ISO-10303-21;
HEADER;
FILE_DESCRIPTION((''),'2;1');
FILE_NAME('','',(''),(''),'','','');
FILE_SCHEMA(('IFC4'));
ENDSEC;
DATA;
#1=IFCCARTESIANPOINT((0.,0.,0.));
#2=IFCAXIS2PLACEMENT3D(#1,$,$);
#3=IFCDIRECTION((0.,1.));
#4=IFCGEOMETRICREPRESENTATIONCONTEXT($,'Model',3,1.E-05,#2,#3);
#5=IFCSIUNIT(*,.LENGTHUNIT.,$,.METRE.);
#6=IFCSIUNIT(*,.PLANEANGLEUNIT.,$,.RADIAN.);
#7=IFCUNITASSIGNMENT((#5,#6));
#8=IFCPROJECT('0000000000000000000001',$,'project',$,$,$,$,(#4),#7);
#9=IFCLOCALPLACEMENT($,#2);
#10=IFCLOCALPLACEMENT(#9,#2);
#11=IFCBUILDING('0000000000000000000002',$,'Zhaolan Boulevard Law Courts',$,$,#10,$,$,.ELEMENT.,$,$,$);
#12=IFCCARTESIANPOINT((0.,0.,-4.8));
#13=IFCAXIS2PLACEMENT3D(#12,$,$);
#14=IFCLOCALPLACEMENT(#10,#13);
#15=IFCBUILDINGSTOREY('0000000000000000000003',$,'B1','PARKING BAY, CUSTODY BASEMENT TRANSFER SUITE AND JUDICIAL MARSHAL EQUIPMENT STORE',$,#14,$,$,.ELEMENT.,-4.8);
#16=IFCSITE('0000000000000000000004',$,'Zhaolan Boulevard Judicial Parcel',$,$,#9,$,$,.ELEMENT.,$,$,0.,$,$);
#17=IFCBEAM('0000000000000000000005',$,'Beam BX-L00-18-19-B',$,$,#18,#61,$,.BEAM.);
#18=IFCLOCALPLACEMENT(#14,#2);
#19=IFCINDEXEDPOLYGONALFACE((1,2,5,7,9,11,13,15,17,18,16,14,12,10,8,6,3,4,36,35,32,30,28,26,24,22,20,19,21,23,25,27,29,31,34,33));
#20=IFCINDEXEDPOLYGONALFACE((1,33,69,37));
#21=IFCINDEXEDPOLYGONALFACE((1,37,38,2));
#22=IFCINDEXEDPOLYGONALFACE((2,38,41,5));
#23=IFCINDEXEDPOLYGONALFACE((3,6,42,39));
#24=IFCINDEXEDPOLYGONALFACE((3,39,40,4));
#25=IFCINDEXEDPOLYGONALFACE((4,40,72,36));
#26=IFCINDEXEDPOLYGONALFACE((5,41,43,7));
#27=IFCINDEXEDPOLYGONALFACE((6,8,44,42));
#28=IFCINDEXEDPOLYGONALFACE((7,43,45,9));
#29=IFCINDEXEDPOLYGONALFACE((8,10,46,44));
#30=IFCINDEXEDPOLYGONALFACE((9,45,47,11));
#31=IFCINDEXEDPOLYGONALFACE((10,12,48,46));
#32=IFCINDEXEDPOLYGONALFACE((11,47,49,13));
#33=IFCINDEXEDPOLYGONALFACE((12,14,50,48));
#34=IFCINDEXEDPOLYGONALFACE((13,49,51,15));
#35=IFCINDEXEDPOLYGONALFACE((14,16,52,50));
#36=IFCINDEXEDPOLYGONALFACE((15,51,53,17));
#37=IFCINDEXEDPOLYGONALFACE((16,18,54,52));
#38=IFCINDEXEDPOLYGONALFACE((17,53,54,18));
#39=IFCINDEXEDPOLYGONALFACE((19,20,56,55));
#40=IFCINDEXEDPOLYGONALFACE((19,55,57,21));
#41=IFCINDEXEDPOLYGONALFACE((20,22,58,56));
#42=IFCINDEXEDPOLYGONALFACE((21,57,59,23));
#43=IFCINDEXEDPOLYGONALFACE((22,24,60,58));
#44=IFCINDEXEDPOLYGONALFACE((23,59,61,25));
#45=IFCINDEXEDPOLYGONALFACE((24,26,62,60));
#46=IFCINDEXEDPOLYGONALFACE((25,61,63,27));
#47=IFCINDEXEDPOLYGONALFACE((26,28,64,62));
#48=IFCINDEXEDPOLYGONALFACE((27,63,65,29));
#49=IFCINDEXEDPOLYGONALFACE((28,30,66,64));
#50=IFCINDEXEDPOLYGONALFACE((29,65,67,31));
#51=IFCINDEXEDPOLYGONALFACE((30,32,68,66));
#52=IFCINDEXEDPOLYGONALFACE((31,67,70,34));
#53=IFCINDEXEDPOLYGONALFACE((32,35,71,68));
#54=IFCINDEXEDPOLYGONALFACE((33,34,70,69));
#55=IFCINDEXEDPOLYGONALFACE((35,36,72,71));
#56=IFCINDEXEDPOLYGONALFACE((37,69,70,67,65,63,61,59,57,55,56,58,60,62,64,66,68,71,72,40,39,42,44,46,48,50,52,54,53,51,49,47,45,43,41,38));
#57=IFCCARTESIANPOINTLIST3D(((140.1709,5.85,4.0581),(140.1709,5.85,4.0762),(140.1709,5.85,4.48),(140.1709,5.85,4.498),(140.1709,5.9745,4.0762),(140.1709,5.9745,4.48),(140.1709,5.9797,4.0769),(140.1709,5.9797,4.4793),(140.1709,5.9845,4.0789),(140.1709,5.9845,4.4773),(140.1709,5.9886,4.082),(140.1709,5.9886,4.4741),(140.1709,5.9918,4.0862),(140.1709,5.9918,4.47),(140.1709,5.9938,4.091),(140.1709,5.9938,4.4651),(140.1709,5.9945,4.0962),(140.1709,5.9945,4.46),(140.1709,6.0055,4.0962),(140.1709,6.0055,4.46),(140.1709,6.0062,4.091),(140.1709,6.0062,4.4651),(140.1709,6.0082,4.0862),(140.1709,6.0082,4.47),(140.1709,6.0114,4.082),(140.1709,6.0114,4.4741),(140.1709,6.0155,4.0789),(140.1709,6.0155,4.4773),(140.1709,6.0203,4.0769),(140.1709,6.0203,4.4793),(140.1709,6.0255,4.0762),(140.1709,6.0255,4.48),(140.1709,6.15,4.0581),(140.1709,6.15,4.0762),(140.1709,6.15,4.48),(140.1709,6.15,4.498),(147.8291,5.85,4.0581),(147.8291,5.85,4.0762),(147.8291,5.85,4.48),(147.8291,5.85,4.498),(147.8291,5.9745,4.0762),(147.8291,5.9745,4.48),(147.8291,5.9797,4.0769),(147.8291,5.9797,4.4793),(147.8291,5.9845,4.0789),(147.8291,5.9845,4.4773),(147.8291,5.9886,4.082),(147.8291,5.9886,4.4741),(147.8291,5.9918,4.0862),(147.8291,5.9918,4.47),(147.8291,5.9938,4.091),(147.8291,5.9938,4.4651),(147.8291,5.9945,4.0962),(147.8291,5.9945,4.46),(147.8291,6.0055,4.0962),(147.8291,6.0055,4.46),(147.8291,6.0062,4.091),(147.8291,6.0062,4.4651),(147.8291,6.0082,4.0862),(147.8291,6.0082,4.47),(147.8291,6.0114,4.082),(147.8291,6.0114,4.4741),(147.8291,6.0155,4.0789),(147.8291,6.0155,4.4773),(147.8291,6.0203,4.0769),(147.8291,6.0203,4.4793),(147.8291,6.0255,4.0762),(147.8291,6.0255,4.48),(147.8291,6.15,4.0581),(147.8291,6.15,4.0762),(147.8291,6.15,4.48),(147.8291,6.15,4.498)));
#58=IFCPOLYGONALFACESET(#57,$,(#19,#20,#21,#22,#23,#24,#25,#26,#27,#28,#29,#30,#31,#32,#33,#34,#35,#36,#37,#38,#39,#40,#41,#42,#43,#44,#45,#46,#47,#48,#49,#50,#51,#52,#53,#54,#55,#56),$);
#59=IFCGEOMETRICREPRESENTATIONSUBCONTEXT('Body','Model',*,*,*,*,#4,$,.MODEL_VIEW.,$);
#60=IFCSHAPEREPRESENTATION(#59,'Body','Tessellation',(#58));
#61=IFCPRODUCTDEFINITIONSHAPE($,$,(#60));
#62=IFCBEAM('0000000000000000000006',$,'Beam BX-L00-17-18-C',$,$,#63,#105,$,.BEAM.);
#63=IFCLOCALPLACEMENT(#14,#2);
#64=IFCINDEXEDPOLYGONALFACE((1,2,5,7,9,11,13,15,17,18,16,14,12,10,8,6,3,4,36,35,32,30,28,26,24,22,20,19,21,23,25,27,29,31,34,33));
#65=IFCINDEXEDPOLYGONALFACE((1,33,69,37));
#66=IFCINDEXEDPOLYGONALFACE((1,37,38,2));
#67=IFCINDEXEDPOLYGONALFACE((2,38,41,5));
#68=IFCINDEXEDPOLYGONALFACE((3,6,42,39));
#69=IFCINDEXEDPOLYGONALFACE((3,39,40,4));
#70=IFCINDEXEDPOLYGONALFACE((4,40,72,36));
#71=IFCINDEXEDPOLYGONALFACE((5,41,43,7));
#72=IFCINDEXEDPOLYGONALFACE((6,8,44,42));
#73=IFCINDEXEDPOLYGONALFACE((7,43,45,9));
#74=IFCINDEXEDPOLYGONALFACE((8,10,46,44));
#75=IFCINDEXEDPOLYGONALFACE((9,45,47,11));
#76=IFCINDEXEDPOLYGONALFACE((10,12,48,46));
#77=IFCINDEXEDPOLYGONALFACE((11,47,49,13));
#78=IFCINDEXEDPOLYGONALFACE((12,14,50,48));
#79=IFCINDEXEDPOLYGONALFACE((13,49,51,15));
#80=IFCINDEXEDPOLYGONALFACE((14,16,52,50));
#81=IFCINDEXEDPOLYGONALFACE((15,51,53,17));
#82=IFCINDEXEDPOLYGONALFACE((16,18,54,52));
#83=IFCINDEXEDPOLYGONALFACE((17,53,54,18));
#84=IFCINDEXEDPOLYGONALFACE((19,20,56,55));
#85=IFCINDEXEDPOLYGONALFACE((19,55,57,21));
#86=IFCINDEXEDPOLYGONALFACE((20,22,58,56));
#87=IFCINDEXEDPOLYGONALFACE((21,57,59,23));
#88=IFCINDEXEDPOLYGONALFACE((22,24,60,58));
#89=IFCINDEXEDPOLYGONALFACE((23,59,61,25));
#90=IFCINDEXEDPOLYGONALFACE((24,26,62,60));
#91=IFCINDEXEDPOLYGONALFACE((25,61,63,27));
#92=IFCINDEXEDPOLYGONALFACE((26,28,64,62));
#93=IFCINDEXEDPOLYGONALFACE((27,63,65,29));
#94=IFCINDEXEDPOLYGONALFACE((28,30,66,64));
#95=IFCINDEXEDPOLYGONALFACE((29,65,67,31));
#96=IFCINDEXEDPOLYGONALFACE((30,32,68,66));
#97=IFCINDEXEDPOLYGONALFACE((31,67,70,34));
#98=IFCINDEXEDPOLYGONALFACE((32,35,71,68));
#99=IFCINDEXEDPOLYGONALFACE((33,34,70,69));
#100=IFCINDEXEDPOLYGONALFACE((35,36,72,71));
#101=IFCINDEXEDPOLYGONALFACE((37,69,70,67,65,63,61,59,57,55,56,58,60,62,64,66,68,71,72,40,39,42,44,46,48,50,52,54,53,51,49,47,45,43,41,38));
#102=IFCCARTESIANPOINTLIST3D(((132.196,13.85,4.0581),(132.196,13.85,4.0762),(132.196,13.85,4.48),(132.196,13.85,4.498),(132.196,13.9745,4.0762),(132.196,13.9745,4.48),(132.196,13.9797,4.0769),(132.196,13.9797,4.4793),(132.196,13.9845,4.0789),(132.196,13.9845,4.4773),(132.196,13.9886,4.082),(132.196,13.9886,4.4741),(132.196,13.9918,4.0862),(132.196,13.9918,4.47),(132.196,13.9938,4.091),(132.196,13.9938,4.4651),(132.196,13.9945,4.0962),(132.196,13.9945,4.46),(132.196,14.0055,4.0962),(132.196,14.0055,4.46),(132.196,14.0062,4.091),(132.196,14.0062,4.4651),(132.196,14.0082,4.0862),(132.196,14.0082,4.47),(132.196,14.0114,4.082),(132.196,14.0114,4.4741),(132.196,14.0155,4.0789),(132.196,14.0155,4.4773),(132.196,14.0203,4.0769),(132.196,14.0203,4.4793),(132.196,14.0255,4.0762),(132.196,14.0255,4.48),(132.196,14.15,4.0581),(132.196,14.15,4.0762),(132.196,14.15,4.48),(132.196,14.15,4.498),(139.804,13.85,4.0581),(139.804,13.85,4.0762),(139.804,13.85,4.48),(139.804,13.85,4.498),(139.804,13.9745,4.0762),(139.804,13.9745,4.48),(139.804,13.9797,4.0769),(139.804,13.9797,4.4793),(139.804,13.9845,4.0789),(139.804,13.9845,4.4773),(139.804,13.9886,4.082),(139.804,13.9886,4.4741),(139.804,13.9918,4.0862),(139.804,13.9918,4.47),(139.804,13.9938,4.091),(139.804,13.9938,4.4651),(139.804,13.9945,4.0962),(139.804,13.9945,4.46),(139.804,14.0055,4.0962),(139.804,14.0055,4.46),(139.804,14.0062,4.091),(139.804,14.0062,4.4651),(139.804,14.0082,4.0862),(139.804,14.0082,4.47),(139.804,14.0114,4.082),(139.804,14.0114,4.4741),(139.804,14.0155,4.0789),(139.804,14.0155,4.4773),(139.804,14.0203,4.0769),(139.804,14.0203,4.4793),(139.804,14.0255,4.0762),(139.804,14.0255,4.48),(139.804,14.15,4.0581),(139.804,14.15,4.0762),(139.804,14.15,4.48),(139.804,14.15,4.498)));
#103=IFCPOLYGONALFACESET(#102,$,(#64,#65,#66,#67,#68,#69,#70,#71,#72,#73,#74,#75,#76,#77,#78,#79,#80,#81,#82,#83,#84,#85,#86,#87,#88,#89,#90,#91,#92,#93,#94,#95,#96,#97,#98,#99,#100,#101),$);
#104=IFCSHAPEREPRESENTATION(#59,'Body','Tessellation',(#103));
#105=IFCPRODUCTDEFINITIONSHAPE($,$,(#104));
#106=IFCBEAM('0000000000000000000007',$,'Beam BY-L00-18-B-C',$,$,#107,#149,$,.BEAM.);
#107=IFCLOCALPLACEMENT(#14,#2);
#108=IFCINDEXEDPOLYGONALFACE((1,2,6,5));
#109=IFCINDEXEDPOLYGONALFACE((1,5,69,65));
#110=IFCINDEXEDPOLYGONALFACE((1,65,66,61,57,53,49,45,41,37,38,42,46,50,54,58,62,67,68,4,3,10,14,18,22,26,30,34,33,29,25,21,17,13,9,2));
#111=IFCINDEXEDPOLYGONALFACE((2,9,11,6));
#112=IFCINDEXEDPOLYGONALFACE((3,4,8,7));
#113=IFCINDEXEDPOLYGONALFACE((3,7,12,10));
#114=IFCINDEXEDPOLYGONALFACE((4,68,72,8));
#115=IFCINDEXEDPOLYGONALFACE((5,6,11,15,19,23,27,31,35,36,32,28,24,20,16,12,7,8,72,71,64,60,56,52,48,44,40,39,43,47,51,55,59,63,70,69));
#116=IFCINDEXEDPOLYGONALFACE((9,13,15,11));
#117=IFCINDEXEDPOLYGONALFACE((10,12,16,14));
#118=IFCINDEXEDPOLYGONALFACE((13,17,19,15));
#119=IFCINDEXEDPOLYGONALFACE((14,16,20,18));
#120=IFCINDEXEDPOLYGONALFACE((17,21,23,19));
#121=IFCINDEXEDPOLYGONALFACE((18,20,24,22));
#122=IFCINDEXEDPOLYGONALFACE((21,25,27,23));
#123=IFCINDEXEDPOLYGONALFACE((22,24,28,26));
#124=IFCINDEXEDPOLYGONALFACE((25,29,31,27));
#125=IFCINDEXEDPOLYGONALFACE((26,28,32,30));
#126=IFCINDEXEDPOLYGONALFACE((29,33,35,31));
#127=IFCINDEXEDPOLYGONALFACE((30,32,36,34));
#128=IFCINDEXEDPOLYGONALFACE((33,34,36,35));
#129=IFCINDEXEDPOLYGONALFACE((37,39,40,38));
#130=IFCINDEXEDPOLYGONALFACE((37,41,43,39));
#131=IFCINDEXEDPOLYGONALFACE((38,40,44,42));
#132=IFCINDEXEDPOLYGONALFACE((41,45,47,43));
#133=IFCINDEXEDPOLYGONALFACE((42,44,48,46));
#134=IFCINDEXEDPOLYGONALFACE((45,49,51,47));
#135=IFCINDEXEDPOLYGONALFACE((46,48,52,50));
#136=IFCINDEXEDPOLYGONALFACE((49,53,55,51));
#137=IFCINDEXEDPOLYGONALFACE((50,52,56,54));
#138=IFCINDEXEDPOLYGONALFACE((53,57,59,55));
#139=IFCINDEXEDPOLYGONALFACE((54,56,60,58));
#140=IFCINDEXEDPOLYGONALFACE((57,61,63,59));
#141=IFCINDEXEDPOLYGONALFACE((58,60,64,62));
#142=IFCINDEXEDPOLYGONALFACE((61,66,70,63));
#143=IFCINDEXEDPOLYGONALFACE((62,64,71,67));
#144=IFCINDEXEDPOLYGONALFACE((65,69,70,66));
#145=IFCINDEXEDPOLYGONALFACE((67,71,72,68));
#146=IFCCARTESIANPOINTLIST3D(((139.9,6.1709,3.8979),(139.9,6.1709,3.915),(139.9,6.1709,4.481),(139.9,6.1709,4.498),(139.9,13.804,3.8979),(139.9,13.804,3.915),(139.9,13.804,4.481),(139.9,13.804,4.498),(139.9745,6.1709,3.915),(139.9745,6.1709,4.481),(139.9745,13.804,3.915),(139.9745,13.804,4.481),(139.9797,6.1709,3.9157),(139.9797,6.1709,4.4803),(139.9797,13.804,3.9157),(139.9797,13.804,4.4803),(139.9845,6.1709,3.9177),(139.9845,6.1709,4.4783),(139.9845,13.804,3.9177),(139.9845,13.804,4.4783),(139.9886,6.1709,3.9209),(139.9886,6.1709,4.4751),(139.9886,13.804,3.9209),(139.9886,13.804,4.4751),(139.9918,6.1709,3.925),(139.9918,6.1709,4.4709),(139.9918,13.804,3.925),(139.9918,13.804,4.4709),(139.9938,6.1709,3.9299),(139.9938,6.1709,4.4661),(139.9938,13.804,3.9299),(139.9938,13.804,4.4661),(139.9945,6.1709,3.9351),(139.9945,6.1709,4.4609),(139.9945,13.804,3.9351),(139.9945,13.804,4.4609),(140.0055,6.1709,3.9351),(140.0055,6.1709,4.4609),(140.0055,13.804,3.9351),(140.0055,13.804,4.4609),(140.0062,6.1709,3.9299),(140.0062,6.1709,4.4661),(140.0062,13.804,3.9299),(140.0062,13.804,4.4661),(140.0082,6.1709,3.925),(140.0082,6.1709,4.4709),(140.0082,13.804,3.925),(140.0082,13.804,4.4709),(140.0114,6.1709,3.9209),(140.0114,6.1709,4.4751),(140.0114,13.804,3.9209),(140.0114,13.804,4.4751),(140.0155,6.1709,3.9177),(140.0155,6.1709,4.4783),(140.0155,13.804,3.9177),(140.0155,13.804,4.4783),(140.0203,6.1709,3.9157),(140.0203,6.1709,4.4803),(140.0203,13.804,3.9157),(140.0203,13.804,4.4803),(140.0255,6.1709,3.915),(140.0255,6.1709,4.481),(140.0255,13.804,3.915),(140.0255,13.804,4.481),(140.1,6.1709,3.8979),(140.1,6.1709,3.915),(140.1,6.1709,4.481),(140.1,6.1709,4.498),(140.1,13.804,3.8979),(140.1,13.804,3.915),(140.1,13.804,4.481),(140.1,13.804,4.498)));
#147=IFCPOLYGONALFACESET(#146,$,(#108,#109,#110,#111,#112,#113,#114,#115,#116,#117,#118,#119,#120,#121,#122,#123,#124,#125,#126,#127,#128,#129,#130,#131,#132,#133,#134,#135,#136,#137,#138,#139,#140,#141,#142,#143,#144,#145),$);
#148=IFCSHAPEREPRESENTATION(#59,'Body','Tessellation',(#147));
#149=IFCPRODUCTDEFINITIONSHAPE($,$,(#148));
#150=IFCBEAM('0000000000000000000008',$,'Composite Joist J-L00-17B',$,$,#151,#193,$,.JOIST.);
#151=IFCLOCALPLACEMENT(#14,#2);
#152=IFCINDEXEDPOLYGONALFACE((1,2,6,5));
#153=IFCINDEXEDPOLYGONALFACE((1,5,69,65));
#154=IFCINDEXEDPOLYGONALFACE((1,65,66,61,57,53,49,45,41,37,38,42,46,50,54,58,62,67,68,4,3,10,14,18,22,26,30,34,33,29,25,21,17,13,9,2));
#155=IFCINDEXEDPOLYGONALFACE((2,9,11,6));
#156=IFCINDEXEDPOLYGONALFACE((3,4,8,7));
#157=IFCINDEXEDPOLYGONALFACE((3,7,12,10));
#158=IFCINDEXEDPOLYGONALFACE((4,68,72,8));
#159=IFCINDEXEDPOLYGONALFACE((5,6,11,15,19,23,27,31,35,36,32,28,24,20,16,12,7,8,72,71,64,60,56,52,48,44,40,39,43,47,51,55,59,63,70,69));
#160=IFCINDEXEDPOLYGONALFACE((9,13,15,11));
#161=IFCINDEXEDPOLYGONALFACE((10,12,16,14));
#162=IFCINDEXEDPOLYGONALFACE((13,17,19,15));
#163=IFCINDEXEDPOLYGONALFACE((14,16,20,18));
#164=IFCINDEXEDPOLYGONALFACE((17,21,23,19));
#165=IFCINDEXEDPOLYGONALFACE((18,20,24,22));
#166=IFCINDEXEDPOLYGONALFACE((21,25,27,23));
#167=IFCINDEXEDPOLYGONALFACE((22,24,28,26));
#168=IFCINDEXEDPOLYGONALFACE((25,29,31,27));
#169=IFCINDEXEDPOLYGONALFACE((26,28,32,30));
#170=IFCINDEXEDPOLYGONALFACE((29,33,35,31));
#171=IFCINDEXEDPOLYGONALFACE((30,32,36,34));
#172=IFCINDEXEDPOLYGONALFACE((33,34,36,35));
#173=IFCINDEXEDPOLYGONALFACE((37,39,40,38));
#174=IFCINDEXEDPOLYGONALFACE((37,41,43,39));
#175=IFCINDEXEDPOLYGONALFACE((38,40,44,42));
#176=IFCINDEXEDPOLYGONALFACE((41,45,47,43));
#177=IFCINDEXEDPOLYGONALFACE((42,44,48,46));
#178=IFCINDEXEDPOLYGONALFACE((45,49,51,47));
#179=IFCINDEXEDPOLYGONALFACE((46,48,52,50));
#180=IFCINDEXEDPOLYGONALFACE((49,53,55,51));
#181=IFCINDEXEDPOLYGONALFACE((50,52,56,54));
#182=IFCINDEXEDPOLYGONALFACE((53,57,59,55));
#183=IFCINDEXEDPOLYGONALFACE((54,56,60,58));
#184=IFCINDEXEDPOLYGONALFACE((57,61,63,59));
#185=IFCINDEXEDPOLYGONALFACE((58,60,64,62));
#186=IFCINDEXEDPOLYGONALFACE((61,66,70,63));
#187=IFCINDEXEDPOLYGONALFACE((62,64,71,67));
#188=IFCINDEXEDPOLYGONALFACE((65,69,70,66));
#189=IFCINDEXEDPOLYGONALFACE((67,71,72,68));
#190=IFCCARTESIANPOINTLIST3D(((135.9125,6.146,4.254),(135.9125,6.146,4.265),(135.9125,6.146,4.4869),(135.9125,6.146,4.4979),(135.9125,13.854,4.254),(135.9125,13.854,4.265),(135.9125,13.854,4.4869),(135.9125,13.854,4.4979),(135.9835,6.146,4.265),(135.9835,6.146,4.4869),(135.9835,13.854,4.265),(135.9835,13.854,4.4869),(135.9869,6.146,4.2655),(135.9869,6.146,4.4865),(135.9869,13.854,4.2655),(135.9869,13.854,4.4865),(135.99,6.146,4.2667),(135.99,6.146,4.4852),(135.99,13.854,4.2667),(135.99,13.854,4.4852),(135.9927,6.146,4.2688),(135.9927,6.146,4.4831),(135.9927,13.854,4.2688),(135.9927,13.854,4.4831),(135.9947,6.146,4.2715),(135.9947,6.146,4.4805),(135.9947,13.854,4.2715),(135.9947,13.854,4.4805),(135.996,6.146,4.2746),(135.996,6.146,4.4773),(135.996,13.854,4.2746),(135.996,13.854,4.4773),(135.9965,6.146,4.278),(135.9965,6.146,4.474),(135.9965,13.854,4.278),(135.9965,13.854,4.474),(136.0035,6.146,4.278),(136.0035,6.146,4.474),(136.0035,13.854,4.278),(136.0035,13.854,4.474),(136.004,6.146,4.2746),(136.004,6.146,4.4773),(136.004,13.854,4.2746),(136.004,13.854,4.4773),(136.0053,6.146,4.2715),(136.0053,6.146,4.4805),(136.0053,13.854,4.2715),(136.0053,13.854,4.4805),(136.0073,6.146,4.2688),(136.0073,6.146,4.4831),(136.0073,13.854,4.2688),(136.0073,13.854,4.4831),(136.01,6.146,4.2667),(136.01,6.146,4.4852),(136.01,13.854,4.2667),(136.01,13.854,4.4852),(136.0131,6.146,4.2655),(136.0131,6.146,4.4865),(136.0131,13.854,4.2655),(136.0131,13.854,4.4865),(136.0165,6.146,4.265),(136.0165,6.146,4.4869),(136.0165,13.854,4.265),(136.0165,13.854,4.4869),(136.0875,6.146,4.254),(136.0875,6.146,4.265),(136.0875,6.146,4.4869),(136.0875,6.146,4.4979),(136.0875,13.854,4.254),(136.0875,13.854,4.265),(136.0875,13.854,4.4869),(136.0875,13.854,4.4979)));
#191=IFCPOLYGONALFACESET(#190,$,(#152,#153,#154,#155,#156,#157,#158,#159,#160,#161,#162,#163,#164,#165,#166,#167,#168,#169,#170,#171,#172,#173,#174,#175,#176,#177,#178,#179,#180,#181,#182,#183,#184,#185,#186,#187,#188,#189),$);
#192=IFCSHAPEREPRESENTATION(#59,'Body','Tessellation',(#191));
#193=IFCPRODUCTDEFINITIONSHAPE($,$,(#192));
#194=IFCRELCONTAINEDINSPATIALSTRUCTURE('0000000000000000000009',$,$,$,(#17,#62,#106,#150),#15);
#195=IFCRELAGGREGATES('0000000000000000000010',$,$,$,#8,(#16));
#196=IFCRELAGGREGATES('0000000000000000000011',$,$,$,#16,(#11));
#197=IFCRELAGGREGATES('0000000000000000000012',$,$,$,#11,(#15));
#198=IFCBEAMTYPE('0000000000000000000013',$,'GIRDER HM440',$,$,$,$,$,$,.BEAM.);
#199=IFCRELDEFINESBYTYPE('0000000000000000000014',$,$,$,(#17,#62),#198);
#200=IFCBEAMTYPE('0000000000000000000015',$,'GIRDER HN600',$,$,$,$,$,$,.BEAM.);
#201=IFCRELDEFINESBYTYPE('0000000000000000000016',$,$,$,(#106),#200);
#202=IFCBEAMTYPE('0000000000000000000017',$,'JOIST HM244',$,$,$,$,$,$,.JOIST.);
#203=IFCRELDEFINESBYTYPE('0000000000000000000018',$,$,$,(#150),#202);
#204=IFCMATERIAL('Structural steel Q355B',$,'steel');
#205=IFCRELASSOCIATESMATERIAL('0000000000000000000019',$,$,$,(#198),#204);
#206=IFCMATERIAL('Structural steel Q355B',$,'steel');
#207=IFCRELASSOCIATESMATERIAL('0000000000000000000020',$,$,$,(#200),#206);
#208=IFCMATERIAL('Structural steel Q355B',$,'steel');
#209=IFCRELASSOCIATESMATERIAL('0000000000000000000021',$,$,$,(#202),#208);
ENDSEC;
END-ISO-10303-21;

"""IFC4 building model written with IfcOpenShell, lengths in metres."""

from ifc_helpers import new_model, si_unit, direction, frame, origin, origin_2d, place, context, subcontext, project, spatial, i_section, extrude, material, material_profile, profile_set, type_object, element, save


model = new_model("IFC4")

# Units and contexts
model_context = context("Model", 3, precision=1e-05, world=origin(), true_north=direction((0.0, 1.0)))
body_context = subcontext(model_context, "Body", "Model", "MODEL_VIEW")
ifc_project = project(units=[si_unit("LENGTHUNIT", "METRE"), si_unit("PLANEANGLEUNIT", "RADIAN")], contexts=[model_context])

# Site, building, storey
site_placement = place(None, origin())
site = spatial("IfcSite", under=ifc_project, at=site_placement, Name="Zhaolan Boulevard Judicial Parcel", CompositionType="ELEMENT", RefElevation=0.0)
building_placement = place(site_placement, origin())
building = spatial("IfcBuilding", under=site, at=building_placement, Name="Zhaolan Boulevard Law Courts", CompositionType="ELEMENT")
storey_placement = place(building_placement, frame((0.0, 0.0, -4.8)))
storey = spatial("IfcBuildingStorey", under=building, at=storey_placement, Name="B1", Description="PARKING BAY, CUSTODY BASEMENT TRANSFER SUITE AND JUDICIAL MARSHAL EQUIPMENT STORE", CompositionType="ELEMENT", Elevation=-4.8)

# Beams
ifc_material_1 = material(Name="Structural steel Q355B", Category="steel")
ifc_material_profile_1 = material_profile(ifc_material_1, i_section(OverallWidth=0.3, OverallDepth=0.4399, WebThickness=0.011, FlangeThickness=0.0181, FilletRadius=0.02, at=origin_2d()), Name="HM440x300")
ifc_profile_set_1 = profile_set([ifc_material_profile_1], Name="Structural steel Q355B")
beam_type_1 = type_object("IfcBeamType", Name="GIRDER HM440", PredefinedType="BEAM", material=ifc_profile_set_1)
beam_1_placement = place(storey_placement, frame((140.1709, 6.0, 4.2781), z_axis=(1.0, 0.0, 0.0), x_axis=(0.0, 1.0, 0.0)))
element("IfcBeam", 1, at=beam_1_placement, inside=storey, type_object=beam_type_1, Name="Beam BX-L00-18-19-B", PredefinedType="BEAM", context=body_context, shape_type="SweptSolid", body=[
    extrude(i_section(OverallWidth=0.3, OverallDepth=0.4399, WebThickness=0.011, FlangeThickness=0.0181, FilletRadius=0.02, at=origin_2d()), origin(), (0.0, 0.0, 1.0), 7.6582),
])
beam_2_placement = place(storey_placement, frame((132.196, 14.0, 4.2781), z_axis=(1.0, 0.0, 0.0), x_axis=(0.0, 1.0, 0.0)))
element("IfcBeam", 2, at=beam_2_placement, inside=storey, type_object=beam_type_1, Name="Beam BX-L00-17-18-C", PredefinedType="BEAM", context=body_context, shape_type="SweptSolid", body=[
    extrude(i_section(OverallWidth=0.3, OverallDepth=0.4399, WebThickness=0.011, FlangeThickness=0.0181, FilletRadius=0.02, at=origin_2d()), origin(), (0.0, 0.0, 1.0), 7.6079),
])
ifc_material_2 = material(Name="Structural steel Q355B", Category="steel")
ifc_material_profile_2 = material_profile(ifc_material_2, i_section(OverallWidth=0.2, OverallDepth=0.6001, WebThickness=0.011, FlangeThickness=0.0171, FilletRadius=0.02, at=origin_2d()), Name="HN600x200")
ifc_profile_set_2 = profile_set([ifc_material_profile_2], Name="Structural steel Q355B")
beam_type_2 = type_object("IfcBeamType", Name="GIRDER HN600", PredefinedType="BEAM", material=ifc_profile_set_2)
beam_3_placement = place(storey_placement, frame((140.0, 6.1709, 4.198), z_axis=(0.0, 1.0, 0.0), x_axis=(-1.0, 0.0, 0.0)))
element("IfcBeam", 3, at=beam_3_placement, inside=storey, type_object=beam_type_2, Name="Beam BY-L00-18-B-C", PredefinedType="BEAM", context=body_context, shape_type="SweptSolid", body=[
    extrude(i_section(OverallWidth=0.2, OverallDepth=0.6001, WebThickness=0.011, FlangeThickness=0.0171, FilletRadius=0.02, at=origin_2d()), origin(), (0.0, 0.0, 1.0), 7.6331),
])
ifc_material_3 = material(Name="Structural steel Q355B", Category="steel")
ifc_material_profile_3 = material_profile(ifc_material_3, i_section(OverallWidth=0.175, OverallDepth=0.2439, WebThickness=0.0071, FlangeThickness=0.011, FilletRadius=0.0129, at=origin_2d()), Name="HM244x175")
ifc_profile_set_3 = profile_set([ifc_material_profile_3], Name="Structural steel Q355B")
beam_type_3 = type_object("IfcBeamType", Name="JOIST HM244", PredefinedType="JOIST", material=ifc_profile_set_3)
beam_4_placement = place(storey_placement, frame((136.0, 6.146, 4.376), z_axis=(0.0, 1.0, 0.0), x_axis=(-1.0, 0.0, 0.0)))
element("IfcBeam", 4, at=beam_4_placement, inside=storey, type_object=beam_type_3, Name="Composite Joist J-L00-17B", PredefinedType="JOIST", context=body_context, shape_type="SweptSolid", body=[
    extrude(i_section(OverallWidth=0.175, OverallDepth=0.2439, WebThickness=0.0071, FlangeThickness=0.011, FilletRadius=0.0129, at=origin_2d()), origin(), (0.0, 0.0, 1.0), 7.708),
])

save(model, "model.ifc")
